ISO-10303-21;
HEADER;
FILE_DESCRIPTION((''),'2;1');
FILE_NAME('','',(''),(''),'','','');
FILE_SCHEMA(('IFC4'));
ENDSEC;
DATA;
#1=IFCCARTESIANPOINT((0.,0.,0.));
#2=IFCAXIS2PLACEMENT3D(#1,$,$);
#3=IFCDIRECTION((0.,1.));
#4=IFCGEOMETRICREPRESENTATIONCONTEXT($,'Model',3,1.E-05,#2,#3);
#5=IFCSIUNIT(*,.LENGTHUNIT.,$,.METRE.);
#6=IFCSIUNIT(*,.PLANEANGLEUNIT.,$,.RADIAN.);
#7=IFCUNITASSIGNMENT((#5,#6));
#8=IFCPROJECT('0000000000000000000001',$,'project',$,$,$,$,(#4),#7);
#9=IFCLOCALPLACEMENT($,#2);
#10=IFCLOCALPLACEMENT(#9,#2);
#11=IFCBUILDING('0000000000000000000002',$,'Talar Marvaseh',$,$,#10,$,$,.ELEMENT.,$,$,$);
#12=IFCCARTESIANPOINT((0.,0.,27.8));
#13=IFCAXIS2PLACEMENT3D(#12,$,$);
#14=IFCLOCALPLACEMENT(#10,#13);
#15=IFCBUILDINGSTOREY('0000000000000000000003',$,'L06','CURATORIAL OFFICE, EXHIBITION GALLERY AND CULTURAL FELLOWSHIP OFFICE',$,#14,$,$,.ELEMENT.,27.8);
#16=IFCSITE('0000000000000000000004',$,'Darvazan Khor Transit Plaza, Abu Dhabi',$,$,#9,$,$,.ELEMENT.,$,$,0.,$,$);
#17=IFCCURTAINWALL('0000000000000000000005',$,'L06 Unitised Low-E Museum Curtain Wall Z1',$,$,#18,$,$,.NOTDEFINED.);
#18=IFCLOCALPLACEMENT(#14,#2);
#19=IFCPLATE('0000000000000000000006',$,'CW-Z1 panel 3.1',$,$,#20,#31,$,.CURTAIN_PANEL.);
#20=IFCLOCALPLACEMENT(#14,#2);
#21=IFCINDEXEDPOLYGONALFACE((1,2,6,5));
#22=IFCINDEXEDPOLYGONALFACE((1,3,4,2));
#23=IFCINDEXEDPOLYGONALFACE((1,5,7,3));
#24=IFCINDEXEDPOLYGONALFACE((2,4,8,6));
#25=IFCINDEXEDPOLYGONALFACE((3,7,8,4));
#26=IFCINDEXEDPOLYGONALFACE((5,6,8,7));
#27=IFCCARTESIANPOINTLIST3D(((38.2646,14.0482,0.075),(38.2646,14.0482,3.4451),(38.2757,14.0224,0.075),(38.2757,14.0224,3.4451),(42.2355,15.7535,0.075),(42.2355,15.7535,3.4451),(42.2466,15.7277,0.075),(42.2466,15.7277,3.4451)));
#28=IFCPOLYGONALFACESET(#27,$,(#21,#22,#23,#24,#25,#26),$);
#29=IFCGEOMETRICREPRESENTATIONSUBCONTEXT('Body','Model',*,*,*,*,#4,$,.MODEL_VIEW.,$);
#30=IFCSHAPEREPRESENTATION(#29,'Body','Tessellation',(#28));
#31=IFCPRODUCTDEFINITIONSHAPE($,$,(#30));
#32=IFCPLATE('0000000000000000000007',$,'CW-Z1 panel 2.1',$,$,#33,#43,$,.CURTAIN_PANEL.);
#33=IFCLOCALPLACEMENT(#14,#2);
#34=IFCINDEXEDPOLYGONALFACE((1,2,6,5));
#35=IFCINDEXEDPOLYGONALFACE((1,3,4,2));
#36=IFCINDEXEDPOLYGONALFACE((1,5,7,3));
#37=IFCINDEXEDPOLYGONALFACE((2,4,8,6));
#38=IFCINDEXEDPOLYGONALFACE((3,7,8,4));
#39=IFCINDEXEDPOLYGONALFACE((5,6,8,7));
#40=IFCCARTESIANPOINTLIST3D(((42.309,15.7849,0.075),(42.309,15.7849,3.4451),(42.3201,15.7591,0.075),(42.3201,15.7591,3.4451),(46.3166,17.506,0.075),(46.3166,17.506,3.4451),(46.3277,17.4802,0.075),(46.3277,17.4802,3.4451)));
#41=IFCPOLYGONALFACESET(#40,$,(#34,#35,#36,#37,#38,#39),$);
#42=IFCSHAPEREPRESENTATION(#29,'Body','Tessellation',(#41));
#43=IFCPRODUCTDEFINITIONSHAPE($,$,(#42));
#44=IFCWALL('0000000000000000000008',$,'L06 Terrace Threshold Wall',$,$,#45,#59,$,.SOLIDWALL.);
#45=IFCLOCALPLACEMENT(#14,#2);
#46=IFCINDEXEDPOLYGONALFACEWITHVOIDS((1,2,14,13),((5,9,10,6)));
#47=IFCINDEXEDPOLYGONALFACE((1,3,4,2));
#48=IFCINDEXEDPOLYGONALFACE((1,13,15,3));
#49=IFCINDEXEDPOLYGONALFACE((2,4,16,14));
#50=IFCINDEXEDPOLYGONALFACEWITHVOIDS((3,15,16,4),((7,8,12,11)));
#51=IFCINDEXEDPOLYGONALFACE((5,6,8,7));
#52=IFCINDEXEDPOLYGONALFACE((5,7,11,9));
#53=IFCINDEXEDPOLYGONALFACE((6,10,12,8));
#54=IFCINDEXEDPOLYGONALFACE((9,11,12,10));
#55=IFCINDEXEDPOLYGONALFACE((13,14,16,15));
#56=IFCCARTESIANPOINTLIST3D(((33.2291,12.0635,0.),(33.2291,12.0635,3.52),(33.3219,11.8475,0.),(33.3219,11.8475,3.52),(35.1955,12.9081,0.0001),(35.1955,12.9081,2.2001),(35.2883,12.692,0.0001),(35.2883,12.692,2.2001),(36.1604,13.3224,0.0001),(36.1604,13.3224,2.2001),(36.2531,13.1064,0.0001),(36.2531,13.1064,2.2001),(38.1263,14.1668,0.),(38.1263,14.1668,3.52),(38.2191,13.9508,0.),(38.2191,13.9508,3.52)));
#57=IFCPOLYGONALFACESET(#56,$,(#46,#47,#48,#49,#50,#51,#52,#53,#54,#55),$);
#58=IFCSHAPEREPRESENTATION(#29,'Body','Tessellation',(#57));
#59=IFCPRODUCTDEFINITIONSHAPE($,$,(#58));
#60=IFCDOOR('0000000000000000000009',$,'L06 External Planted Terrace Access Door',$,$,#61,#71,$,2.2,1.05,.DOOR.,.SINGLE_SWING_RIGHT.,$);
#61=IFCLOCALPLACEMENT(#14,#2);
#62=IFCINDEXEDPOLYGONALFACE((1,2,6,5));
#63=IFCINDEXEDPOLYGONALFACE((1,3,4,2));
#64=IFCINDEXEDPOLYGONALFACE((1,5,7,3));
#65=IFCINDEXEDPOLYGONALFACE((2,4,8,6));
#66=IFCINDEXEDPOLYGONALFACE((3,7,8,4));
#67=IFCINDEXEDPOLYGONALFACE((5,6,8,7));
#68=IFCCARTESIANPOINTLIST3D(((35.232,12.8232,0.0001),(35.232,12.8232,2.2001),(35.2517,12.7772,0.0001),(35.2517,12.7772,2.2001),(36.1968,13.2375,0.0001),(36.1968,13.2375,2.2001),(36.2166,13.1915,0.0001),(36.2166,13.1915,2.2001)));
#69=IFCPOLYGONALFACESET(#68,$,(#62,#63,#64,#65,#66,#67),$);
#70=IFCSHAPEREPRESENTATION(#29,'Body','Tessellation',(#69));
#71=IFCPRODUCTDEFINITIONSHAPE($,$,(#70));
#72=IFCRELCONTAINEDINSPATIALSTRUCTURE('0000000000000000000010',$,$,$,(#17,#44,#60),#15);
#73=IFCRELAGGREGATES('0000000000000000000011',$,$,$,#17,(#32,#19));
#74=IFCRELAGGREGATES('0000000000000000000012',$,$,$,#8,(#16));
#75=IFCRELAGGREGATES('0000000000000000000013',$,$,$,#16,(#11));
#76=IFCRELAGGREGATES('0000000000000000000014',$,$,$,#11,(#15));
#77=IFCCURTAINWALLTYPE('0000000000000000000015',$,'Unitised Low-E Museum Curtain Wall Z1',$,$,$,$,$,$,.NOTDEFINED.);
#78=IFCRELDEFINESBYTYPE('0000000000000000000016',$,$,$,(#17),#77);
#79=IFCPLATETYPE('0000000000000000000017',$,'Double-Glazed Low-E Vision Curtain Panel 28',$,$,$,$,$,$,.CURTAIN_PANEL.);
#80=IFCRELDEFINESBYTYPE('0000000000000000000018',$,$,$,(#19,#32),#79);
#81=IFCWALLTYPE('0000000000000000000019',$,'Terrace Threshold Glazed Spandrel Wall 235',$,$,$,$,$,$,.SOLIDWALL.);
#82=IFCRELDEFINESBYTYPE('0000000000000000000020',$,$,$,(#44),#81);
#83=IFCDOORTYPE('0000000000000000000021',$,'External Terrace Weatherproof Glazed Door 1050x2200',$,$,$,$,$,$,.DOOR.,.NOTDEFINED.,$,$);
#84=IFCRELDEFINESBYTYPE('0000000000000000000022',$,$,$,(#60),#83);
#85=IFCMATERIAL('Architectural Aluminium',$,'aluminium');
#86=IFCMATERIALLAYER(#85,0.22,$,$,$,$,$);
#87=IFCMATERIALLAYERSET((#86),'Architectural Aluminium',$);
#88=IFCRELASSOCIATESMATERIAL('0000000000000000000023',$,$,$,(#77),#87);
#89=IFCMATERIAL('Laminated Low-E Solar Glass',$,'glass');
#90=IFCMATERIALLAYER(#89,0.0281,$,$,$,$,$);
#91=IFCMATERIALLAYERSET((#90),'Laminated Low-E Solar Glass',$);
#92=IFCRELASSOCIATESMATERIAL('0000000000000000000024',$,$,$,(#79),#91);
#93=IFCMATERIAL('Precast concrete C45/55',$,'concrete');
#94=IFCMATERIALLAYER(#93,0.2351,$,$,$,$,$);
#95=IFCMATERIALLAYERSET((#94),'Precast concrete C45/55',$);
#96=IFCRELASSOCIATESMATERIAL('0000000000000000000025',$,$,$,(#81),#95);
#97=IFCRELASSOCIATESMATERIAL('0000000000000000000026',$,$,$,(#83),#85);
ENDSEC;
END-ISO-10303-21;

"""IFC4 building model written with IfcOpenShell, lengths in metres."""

from ifc_helpers import new_model, si_unit, direction, frame, frame_2d, origin, origin_2d, place, context, subcontext, project, spatial, rectangle, extrude, source, transform, mapped, material, layer, layer_set, type_object, type_shapes, element, fill, aggregate, save


model = new_model("IFC4")

# Units and contexts
model_context = context("Model", 3, precision=1e-05, world=origin(), true_north=direction((0.0, 1.0)))
body_context = subcontext(model_context, "Body", "Model", "MODEL_VIEW")
ifc_project = project(units=[si_unit("LENGTHUNIT", "METRE"), si_unit("PLANEANGLEUNIT", "RADIAN")], contexts=[model_context])

# Site, building, storey
site_placement = place(None, origin())
site = spatial("IfcSite", under=ifc_project, at=site_placement, Name="Darvazan Khor Transit Plaza, Abu Dhabi", CompositionType="ELEMENT", RefElevation=0.0)
building_placement = place(site_placement, origin())
building = spatial("IfcBuilding", under=site, at=building_placement, Name="Talar Marvaseh", CompositionType="ELEMENT")
storey_placement = place(building_placement, frame((0.0, 0.0, 27.8)))
storey = spatial("IfcBuildingStorey", under=building, at=storey_placement, Name="L06", Description="CURATORIAL OFFICE, EXHIBITION GALLERY AND CULTURAL FELLOWSHIP OFFICE", CompositionType="ELEMENT", Elevation=27.8)

# Curtain wall
ifc_material_1 = material(Name="Architectural Aluminium", Category="aluminium")
ifc_layer_1 = layer(ifc_material_1, 0.22)
ifc_layer_set_1 = layer_set([ifc_layer_1], Name="Architectural Aluminium")
curtain_wall_type = type_object("IfcCurtainWallType", Name="Unitised Low-E Museum Curtain Wall Z1", PredefinedType="NOTDEFINED", material=ifc_layer_set_1)
curtain_wall_1_placement = place(storey_placement, origin())
curtain_wall_1 = element("IfcCurtainWall", 1, at=curtain_wall_1_placement, inside=storey, type_object=curtain_wall_type, Name="L06 Unitised Low-E Museum Curtain Wall Z1", PredefinedType="NOTDEFINED")

# Plates
ifc_material_2 = material(Name="Laminated Low-E Solar Glass", Category="glass")
ifc_layer_2 = layer(ifc_material_2, 0.0281)
ifc_layer_set_2 = layer_set([ifc_layer_2], Name="Laminated Low-E Solar Glass")
plate_type = type_object("IfcPlateType", Name="Double-Glazed Low-E Vision Curtain Panel 28", PredefinedType="CURTAIN_PANEL", material=ifc_layer_set_2)
shared_shape_1 = source(origin(), body_context, "Body", "SweptSolid", [
    extrude(rectangle(XDim=4.3215, YDim=0.0281, at=origin_2d()), origin(), (0.0, 0.0, 1.0), 3.3701),
])
plate_1_placement = place(storey_placement, frame((40.2556, 14.8879, 0.075), z_axis=(0.0, 0.0, 1.0), x_axis=(-0.918853, -0.394599, 0.0)))
plate_1 = element("IfcPlate", 2, at=plate_1_placement, type_object=plate_type, Name="CW-Z1 panel 3.1", PredefinedType="CURTAIN_PANEL", context=body_context, shape_type="MappedRepresentation", body=[
    mapped(shared_shape_1, transform((0.0, 0.0, 0.0), x_axis=(1.0, 0.0, 0.0), y_axis=(0.0, 1.0, 0.0), z_axis=(0.0, 0.0, 1.0), scale=1.0)),
])
shared_shape_2 = source(origin(), body_context, "Body", "SweptSolid", [
    extrude(rectangle(XDim=4.3616, YDim=0.0281, at=origin_2d()), origin(), (0.0, 0.0, 1.0), 3.3701),
])
type_shapes(plate_type, [shared_shape_1, shared_shape_2])
plate_2_placement = place(storey_placement, frame((44.3184, 16.6326, 0.075), z_axis=(0.0, 0.0, 1.0), x_axis=(-0.918853, -0.394599, 0.0)))
plate_2 = element("IfcPlate", 3, at=plate_2_placement, type_object=plate_type, Name="CW-Z1 panel 2.1", PredefinedType="CURTAIN_PANEL", context=body_context, shape_type="MappedRepresentation", body=[
    mapped(shared_shape_2, transform((0.0, 0.0, 0.0), x_axis=(1.0, 0.0, 0.0), y_axis=(0.0, 1.0, 0.0), z_axis=(0.0, 0.0, 1.0), scale=1.0)),
])
aggregate(curtain_wall_1, [plate_2, plate_1])

# Wall, opening, door
ifc_material_3 = material(Name="Precast concrete C45/55", Category="concrete")
ifc_layer_3 = layer(ifc_material_3, 0.2351)
ifc_layer_set_3 = layer_set([ifc_layer_3], Name="Precast concrete C45/55")
wall_type = type_object("IfcWallType", Name="Terrace Threshold Glazed Spandrel Wall 235", PredefinedType="SOLIDWALL", material=ifc_layer_set_3)
wall_placement = place(storey_placement, frame((38.1729, 14.0588, 0.0), z_axis=(0.0, 0.0, 1.0), x_axis=(-0.918841, -0.394627, 0.0)))
wall = element("IfcWall", 4, at=wall_placement, inside=storey, type_object=wall_type, Name="L06 Terrace Threshold Wall", PredefinedType="SOLIDWALL", context=body_context, shape_type="SweptSolid", body=[
    extrude(rectangle(XDim=5.3298, YDim=0.2351, at=frame_2d((2.665, 0.0))), origin(), (0.0, 0.0, 1.0), 3.52),
])
opening_placement = place(wall_placement, frame((2.1399, 0.0, 0.0)))
opening = element("IfcOpeningElement", 5, at=opening_placement, cuts=wall, PredefinedType="OPENING", context=body_context, shape_type="SweptSolid", body=[
    extrude(rectangle(XDim=1.05, YDim=2.2, at=frame_2d((0.5249, 1.1001))), frame((0.0, 0.1274, 0.0), z_axis=(0.0, -1.0, 0.0), x_axis=(1.0, 0.0, 0.0)), (0.0, 0.0, 1.0), 0.2551),
])
door_type = type_object("IfcDoorType", Name="External Terrace Weatherproof Glazed Door 1050x2200", OperationType="NOTDEFINED", PredefinedType="DOOR", material=ifc_material_1)
shared_shape_3 = source(origin(), body_context, "Body", "SweptSolid", [
    extrude(rectangle(XDim=1.05, YDim=2.2, at=frame_2d((0.5249, 1.1001))), frame((0.0, 0.0249, 0.0), z_axis=(0.0, -1.0, 0.0), x_axis=(1.0, 0.0, 0.0)), (0.0, 0.0, 1.0), 0.05),
])
type_shapes(door_type, [shared_shape_3])
door_placement = place(opening_placement, origin())
door = element("IfcDoor", 6, at=door_placement, inside=storey, type_object=door_type, Name="L06 External Planted Terrace Access Door", OperationType="SINGLE_SWING_RIGHT", OverallHeight=2.2, OverallWidth=1.05, PredefinedType="DOOR", context=body_context, shape_type="MappedRepresentation", body=[
    mapped(shared_shape_3, transform((0.0, 0.0, 0.0), x_axis=(1.0, 0.0, 0.0), y_axis=(0.0, 1.0, 0.0), z_axis=(0.0, 0.0, 1.0), scale=1.0)),
])
fill(opening, door)

save(model, "model.ifc")
